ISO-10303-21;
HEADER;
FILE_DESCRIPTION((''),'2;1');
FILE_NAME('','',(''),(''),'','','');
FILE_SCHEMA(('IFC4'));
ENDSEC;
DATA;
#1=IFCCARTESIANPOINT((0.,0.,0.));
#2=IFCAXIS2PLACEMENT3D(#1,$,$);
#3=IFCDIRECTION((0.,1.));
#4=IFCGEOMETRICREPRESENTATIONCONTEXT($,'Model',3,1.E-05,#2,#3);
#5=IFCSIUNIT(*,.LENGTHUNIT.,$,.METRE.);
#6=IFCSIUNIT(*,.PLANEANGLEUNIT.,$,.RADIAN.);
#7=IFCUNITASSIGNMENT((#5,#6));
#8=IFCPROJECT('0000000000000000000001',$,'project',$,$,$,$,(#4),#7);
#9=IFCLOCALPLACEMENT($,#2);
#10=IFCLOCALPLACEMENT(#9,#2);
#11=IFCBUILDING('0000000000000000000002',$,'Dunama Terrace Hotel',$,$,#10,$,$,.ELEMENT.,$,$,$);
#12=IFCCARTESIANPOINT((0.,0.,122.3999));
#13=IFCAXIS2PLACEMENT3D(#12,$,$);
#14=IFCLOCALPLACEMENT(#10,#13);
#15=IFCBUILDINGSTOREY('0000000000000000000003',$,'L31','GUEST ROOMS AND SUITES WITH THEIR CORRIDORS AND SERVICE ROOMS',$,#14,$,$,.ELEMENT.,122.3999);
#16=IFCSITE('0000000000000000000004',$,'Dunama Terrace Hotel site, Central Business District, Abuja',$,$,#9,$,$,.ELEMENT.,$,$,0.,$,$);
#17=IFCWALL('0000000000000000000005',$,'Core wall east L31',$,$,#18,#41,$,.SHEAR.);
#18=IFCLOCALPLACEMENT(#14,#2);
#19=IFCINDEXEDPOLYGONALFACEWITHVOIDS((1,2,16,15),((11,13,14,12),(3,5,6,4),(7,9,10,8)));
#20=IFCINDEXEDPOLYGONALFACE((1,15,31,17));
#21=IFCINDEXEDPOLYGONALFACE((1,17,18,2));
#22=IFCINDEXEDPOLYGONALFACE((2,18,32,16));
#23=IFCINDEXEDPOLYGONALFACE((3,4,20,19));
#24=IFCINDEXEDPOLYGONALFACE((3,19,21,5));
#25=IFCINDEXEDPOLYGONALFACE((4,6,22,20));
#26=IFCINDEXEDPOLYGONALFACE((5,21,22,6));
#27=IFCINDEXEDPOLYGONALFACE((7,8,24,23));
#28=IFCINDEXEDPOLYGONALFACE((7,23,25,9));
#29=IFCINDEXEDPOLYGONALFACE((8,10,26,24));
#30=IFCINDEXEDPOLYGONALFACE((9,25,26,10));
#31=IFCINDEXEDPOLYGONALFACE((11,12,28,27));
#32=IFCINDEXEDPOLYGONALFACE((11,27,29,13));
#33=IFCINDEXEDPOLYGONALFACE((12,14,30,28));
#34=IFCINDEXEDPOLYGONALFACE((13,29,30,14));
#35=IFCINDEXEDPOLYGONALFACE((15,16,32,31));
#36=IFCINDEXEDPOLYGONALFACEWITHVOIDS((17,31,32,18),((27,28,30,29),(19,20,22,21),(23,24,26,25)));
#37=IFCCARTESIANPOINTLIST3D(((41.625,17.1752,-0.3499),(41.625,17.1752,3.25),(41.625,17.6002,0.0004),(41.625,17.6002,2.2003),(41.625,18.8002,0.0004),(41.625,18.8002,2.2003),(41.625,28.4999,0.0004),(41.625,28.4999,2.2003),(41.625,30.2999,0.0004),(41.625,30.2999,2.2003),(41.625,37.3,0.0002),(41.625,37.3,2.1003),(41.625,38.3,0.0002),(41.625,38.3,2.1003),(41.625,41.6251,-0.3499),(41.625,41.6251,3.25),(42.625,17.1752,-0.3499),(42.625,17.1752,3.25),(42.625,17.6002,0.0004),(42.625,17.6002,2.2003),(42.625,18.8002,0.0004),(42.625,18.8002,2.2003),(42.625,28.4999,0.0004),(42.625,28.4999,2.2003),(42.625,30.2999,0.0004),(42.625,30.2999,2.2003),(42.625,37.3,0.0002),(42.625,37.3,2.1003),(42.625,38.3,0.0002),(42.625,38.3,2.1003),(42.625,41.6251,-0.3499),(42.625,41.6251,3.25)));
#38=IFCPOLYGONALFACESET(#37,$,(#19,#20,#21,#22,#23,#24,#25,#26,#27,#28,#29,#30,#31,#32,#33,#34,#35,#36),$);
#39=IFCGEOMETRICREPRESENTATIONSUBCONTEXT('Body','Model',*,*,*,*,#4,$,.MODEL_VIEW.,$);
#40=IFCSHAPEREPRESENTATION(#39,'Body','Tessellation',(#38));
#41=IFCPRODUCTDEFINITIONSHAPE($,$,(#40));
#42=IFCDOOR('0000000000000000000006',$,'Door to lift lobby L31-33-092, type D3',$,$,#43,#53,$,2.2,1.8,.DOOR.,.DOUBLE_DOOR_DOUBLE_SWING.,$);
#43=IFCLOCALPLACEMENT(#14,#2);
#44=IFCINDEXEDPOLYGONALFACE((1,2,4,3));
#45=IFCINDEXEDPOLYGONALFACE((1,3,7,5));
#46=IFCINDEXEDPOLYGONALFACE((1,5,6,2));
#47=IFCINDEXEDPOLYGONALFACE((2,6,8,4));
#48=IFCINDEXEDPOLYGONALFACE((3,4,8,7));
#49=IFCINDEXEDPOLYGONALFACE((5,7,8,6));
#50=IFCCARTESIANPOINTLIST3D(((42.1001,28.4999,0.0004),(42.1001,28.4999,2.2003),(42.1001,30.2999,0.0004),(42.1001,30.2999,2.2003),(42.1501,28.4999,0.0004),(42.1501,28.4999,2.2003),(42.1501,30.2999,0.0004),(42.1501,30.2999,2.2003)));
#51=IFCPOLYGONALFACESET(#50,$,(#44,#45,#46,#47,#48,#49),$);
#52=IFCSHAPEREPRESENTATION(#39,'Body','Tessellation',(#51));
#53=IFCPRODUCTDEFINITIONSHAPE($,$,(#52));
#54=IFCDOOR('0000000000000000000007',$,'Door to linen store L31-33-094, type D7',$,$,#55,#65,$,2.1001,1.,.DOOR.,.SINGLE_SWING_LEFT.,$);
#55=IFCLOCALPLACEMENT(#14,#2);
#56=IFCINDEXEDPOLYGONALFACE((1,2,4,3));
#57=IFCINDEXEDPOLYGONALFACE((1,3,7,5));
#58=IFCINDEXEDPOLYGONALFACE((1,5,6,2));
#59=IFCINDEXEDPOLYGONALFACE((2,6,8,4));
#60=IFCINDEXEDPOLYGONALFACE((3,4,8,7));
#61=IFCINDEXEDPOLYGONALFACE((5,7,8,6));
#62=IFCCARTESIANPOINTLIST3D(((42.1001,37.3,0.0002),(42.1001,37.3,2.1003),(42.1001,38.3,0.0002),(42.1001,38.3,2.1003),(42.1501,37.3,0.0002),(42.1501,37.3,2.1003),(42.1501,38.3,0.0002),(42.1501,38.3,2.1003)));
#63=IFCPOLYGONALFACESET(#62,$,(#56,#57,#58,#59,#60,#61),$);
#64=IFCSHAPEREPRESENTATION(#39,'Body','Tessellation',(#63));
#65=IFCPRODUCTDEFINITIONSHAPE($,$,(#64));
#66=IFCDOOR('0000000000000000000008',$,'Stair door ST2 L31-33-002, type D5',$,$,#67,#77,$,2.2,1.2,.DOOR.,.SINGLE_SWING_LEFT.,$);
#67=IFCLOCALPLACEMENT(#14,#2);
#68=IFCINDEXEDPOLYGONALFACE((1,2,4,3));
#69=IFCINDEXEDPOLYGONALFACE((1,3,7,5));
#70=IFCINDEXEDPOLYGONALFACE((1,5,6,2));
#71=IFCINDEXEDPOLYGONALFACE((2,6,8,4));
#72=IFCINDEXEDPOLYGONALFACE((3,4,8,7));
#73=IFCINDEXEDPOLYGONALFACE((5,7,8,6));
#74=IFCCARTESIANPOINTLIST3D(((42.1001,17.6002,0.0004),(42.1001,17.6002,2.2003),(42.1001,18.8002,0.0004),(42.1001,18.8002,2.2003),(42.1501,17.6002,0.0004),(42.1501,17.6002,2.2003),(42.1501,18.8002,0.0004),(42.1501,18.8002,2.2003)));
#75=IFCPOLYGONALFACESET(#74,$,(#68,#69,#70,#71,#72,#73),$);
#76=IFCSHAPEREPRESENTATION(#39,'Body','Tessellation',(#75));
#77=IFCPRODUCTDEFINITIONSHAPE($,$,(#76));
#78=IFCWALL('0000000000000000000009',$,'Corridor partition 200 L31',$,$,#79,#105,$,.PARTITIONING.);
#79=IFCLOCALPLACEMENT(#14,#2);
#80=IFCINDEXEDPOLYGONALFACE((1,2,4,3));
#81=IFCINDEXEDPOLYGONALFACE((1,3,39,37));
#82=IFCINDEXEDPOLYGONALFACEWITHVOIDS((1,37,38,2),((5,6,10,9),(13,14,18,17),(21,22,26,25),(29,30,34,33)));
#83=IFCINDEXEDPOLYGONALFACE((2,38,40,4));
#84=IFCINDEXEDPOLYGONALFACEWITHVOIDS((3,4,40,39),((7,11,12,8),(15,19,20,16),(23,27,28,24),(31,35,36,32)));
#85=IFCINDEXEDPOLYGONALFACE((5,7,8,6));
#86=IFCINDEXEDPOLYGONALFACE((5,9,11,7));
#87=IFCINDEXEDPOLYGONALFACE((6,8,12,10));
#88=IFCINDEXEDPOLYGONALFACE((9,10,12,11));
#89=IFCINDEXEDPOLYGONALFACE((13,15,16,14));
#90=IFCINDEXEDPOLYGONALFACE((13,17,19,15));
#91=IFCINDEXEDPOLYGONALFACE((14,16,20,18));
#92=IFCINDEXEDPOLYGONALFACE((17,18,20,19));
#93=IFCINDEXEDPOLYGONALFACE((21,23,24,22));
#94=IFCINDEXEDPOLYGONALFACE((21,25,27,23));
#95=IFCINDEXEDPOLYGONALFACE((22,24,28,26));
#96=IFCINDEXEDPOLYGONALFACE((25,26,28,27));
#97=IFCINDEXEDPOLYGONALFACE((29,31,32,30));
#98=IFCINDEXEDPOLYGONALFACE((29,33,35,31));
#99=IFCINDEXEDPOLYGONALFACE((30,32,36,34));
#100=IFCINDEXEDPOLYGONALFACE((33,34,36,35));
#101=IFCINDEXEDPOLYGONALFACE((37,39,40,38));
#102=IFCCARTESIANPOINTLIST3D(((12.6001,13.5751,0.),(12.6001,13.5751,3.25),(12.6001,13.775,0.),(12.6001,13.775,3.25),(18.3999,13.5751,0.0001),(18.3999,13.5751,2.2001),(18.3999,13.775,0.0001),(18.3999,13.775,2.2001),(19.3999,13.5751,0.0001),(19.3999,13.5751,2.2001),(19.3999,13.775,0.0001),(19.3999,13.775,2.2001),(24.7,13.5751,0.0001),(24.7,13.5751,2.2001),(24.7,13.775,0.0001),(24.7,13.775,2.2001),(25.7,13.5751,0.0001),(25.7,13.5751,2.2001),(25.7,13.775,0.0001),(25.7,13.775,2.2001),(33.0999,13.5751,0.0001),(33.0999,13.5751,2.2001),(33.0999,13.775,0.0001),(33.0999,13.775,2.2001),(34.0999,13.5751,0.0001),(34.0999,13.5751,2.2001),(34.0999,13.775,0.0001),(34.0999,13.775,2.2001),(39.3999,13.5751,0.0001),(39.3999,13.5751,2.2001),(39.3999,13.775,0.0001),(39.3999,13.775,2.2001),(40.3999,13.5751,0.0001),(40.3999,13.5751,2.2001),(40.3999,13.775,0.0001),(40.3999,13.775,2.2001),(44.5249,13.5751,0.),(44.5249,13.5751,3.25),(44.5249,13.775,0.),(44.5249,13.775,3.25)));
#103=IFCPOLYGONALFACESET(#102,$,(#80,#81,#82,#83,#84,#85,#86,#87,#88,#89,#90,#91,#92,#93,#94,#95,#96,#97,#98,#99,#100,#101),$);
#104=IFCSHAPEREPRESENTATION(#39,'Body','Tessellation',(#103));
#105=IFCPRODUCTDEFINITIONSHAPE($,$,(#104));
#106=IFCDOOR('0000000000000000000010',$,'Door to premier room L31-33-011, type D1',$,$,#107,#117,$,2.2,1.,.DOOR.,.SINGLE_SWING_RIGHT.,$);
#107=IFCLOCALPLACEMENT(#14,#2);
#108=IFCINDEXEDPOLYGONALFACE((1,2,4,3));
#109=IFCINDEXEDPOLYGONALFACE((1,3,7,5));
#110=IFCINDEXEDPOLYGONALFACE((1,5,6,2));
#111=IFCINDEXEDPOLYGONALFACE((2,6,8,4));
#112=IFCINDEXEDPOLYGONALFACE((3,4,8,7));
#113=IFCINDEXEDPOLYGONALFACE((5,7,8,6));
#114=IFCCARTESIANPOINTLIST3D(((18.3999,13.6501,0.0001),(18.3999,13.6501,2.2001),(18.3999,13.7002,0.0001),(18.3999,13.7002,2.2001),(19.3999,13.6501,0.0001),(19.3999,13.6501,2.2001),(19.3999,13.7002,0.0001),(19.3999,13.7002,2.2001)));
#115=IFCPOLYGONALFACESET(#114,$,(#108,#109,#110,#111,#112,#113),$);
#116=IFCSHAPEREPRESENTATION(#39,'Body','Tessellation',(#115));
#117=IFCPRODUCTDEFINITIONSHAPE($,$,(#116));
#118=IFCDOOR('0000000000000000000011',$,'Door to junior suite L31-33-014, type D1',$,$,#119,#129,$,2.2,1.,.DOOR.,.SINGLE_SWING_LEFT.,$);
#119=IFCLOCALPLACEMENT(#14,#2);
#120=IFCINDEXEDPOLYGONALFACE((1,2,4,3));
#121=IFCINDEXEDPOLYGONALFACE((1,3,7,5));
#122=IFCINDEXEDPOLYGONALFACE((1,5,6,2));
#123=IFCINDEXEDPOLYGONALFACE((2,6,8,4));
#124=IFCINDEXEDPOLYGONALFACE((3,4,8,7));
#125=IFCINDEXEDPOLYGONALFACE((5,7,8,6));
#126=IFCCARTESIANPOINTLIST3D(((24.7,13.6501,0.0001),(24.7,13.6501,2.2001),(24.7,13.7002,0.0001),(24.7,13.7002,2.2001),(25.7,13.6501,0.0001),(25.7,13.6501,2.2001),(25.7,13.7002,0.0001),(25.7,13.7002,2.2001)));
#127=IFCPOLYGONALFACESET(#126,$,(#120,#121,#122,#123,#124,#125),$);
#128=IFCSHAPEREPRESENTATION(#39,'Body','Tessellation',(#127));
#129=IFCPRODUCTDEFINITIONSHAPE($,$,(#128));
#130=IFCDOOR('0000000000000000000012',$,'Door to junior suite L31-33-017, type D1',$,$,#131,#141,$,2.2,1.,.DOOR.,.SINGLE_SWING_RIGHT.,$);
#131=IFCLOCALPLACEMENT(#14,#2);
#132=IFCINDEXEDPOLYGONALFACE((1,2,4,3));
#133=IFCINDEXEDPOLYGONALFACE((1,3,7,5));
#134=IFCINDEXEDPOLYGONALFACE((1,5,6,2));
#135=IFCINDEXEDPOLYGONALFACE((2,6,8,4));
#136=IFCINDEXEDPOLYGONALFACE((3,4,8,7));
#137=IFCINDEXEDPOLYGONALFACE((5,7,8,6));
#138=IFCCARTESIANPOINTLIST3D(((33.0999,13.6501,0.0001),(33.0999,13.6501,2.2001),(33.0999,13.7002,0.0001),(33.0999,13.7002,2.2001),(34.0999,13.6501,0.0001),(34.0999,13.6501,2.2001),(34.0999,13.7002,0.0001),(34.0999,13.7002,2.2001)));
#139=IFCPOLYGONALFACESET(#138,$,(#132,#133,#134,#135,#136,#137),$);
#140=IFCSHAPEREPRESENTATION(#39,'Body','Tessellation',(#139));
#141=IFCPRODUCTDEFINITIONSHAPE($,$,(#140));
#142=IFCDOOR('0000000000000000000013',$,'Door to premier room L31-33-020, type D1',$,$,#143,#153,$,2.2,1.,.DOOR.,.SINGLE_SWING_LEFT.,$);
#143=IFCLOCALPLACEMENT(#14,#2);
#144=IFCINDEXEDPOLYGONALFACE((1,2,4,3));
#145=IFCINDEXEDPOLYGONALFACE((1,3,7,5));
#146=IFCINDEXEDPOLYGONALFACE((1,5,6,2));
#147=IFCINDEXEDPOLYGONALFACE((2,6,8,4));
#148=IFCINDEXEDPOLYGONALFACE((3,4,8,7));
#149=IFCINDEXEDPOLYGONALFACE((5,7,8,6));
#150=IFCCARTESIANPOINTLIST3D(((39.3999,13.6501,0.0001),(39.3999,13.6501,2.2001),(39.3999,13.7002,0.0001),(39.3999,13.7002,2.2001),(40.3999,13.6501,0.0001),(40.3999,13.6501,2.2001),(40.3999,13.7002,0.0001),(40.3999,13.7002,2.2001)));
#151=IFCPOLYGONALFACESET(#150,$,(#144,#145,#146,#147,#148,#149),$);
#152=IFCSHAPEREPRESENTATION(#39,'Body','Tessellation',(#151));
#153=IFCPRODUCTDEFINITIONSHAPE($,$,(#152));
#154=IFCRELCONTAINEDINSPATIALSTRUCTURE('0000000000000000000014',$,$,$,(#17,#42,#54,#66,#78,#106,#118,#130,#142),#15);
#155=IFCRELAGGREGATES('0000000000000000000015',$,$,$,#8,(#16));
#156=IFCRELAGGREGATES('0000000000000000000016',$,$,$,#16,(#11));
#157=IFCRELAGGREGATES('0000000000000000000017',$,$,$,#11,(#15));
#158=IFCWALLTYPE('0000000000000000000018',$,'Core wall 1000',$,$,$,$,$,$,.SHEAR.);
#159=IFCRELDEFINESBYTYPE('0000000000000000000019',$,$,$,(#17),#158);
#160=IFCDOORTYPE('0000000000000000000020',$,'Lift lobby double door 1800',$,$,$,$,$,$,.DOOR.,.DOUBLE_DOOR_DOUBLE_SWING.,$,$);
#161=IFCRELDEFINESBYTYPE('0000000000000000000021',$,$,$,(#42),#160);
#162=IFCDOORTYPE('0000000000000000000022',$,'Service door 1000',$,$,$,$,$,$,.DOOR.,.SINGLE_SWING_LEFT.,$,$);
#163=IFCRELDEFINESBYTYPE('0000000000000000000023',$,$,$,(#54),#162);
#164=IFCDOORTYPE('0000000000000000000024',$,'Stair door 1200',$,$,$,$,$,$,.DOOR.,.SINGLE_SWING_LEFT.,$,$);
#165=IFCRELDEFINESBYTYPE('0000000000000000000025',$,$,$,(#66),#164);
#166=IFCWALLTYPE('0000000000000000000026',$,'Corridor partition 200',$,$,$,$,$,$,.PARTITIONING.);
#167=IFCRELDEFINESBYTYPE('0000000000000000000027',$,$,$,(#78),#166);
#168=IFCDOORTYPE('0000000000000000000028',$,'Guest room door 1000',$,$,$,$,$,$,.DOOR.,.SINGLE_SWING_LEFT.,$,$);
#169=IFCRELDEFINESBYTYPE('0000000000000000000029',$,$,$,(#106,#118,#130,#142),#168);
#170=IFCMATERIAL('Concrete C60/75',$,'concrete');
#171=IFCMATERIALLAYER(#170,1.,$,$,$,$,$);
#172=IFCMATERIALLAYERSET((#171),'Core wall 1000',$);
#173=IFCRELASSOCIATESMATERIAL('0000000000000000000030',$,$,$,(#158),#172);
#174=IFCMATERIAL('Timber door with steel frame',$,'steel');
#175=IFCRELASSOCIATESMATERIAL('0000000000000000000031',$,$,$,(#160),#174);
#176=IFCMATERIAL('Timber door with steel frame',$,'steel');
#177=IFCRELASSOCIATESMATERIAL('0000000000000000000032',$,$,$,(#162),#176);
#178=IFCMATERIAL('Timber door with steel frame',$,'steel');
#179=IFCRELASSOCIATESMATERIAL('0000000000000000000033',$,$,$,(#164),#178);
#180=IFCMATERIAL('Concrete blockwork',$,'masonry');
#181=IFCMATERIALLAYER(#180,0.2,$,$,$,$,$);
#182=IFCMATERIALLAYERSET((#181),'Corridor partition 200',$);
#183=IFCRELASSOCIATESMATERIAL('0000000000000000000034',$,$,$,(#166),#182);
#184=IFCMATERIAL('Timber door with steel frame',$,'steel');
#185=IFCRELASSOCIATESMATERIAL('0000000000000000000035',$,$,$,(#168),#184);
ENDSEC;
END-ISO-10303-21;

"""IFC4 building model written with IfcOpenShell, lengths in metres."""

from ifc_helpers import new_model, si_unit, direction, frame, frame_2d, origin, place, context, subcontext, project, spatial, rectangle, extrude, material, layer, layer_set, type_object, element, fill, save


model = new_model("IFC4")

# Units and contexts
model_context = context("Model", 3, precision=1e-05, world=origin(), true_north=direction((0.0, 1.0)))
body_context = subcontext(model_context, "Body", "Model", "MODEL_VIEW")
ifc_project = project(units=[si_unit("LENGTHUNIT", "METRE"), si_unit("PLANEANGLEUNIT", "RADIAN")], contexts=[model_context])

# Site, building, storey
site_placement = place(None, origin())
site = spatial("IfcSite", under=ifc_project, at=site_placement, Name="Dunama Terrace Hotel site, Central Business District, Abuja", CompositionType="ELEMENT", RefElevation=0.0)
building_placement = place(site_placement, origin())
building = spatial("IfcBuilding", under=site, at=building_placement, Name="Dunama Terrace Hotel", CompositionType="ELEMENT")
storey_placement = place(building_placement, frame((0.0, 0.0, 122.3999)))
storey = spatial("IfcBuildingStorey", under=building, at=storey_placement, Name="L31", Description="GUEST ROOMS AND SUITES WITH THEIR CORRIDORS AND SERVICE ROOMS", CompositionType="ELEMENT", Elevation=122.3999)

# Walls, openings, doors
ifc_material_1 = material(Name="Concrete C60/75", Category="concrete")
ifc_layer_1 = layer(ifc_material_1, 1.0)
ifc_layer_set_1 = layer_set([ifc_layer_1], Name="Core wall 1000")
wall_type_1 = type_object("IfcWallType", Name="Core wall 1000", PredefinedType="SHEAR", material=ifc_layer_set_1)
wall_1_placement = place(storey_placement, frame((42.125, 17.175, -0.3499), z_axis=(0.0, 0.0, 1.0), x_axis=(0.0, 1.0, 0.0)))
wall_1 = element("IfcWall", 1, at=wall_1_placement, inside=storey, type_object=wall_type_1, Name="Core wall east L31", PredefinedType="SHEAR", context=body_context, shape_type="SweptSolid", body=[
    extrude(rectangle(XDim=24.45, YDim=1.0, at=frame_2d((12.2251, 0.0))), origin(), (0.0, 0.0, 1.0), 3.5999),
])
opening_1_placement = place(wall_1_placement, frame((0.425, 0.0, 0.3501)))
opening_1 = element("IfcOpeningElement", 2, at=opening_1_placement, cuts=wall_1, PredefinedType="OPENING", context=body_context, shape_type="SweptSolid", body=[
    extrude(rectangle(XDim=1.2, YDim=2.2, at=frame_2d((0.6001, 1.1001))), frame((0.0, 0.51, 0.0), z_axis=(0.0, -1.0, 0.0), x_axis=(1.0, 0.0, 0.0)), (0.0, 0.0, 1.0), 1.02),
])
opening_2_placement = place(wall_1_placement, frame((11.325, 0.0, 0.3501)))
opening_2 = element("IfcOpeningElement", 3, at=opening_2_placement, cuts=wall_1, PredefinedType="OPENING", context=body_context, shape_type="SweptSolid", body=[
    extrude(rectangle(XDim=1.8, YDim=2.2, at=frame_2d((0.8999, 1.1001))), frame((0.0, 0.51, 0.0), z_axis=(0.0, -1.0, 0.0), x_axis=(1.0, 0.0, 0.0)), (0.0, 0.0, 1.0), 1.02),
])
opening_3_placement = place(wall_1_placement, frame((20.125, 0.0, 0.3501)))
opening_3 = element("IfcOpeningElement", 4, at=opening_3_placement, cuts=wall_1, PredefinedType="OPENING", context=body_context, shape_type="SweptSolid", body=[
    extrude(rectangle(XDim=1.0, YDim=2.1001, at=frame_2d((0.5, 1.05))), frame((0.0, 0.51, 0.0), z_axis=(0.0, -1.0, 0.0), x_axis=(1.0, 0.0, 0.0)), (0.0, 0.0, 1.0), 1.02),
])
ifc_material_2 = material(Name="Timber door with steel frame", Category="steel")
door_type_1 = type_object("IfcDoorType", Name="Lift lobby double door 1800", OperationType="DOUBLE_DOOR_DOUBLE_SWING", PredefinedType="DOOR", material=ifc_material_2)
door_1_placement = place(opening_2_placement, origin())
door_1 = element("IfcDoor", 5, at=door_1_placement, inside=storey, type_object=door_type_1, Name="Door to lift lobby L31-33-092, type D3", OperationType="DOUBLE_DOOR_DOUBLE_SWING", OverallHeight=2.2, OverallWidth=1.8, PredefinedType="DOOR", context=body_context, shape_type="SweptSolid", body=[
    extrude(rectangle(XDim=1.8, YDim=2.2, at=frame_2d((0.8999, 1.1001))), frame((0.0, 0.0249, 0.0), z_axis=(0.0, -1.0, 0.0), x_axis=(1.0, 0.0, 0.0)), (0.0, 0.0, 1.0), 0.05),
])
fill(opening_2, door_1)
ifc_material_3 = material(Name="Timber door with steel frame", Category="steel")
door_type_2 = type_object("IfcDoorType", Name="Service door 1000", OperationType="SINGLE_SWING_LEFT", PredefinedType="DOOR", material=ifc_material_3)
door_2_placement = place(opening_3_placement, origin())
door_2 = element("IfcDoor", 6, at=door_2_placement, inside=storey, type_object=door_type_2, Name="Door to linen store L31-33-094, type D7", OperationType="SINGLE_SWING_LEFT", OverallHeight=2.1001, OverallWidth=1.0, PredefinedType="DOOR", context=body_context, shape_type="SweptSolid", body=[
    extrude(rectangle(XDim=1.0, YDim=2.1001, at=frame_2d((0.5, 1.05))), frame((0.0, 0.0249, 0.0), z_axis=(0.0, -1.0, 0.0), x_axis=(1.0, 0.0, 0.0)), (0.0, 0.0, 1.0), 0.05),
])
fill(opening_3, door_2)
ifc_material_4 = material(Name="Timber door with steel frame", Category="steel")
door_type_3 = type_object("IfcDoorType", Name="Stair door 1200", OperationType="SINGLE_SWING_LEFT", PredefinedType="DOOR", material=ifc_material_4)
door_3_placement = place(opening_1_placement, origin())
door_3 = element("IfcDoor", 7, at=door_3_placement, inside=storey, type_object=door_type_3, Name="Stair door ST2 L31-33-002, type D5", OperationType="SINGLE_SWING_LEFT", OverallHeight=2.2, OverallWidth=1.2, PredefinedType="DOOR", context=body_context, shape_type="SweptSolid", body=[
    extrude(rectangle(XDim=1.2, YDim=2.2, at=frame_2d((0.6001, 1.1001))), frame((0.0, 0.0249, 0.0), z_axis=(0.0, -1.0, 0.0), x_axis=(1.0, 0.0, 0.0)), (0.0, 0.0, 1.0), 0.05),
])
fill(opening_1, door_3)
ifc_material_5 = material(Name="Concrete blockwork", Category="masonry")
ifc_layer_2 = layer(ifc_material_5, 0.2)
ifc_layer_set_2 = layer_set([ifc_layer_2], Name="Corridor partition 200")
wall_type_2 = type_object("IfcWallType", Name="Corridor partition 200", PredefinedType="PARTITIONING", material=ifc_layer_set_2)
wall_2_placement = place(storey_placement, frame((44.5249, 13.675, 0.0), z_axis=(0.0, 0.0, 1.0), x_axis=(-1.0, 0.0, 0.0)))
wall_2 = element("IfcWall", 8, at=wall_2_placement, inside=storey, type_object=wall_type_2, Name="Corridor partition 200 L31", PredefinedType="PARTITIONING", context=body_context, shape_type="SweptSolid", body=[
    extrude(rectangle(XDim=31.9248, YDim=0.2, at=frame_2d((15.9624, 0.0))), origin(), (0.0, 0.0, 1.0), 3.25),
])
opening_4_placement = place(wall_2_placement, frame((25.125, 0.0, 0.0)))
opening_4 = element("IfcOpeningElement", 9, at=opening_4_placement, cuts=wall_2, PredefinedType="OPENING", context=body_context, shape_type="SweptSolid", body=[
    extrude(rectangle(XDim=1.0, YDim=2.2, at=frame_2d((0.5, 1.1001))), frame((0.0, 0.1099, 0.0), z_axis=(0.0, -1.0, 0.0), x_axis=(1.0, 0.0, 0.0)), (0.0, 0.0, 1.0), 0.22),
])
opening_5_placement = place(wall_2_placement, frame((18.825, 0.0, 0.0)))
opening_5 = element("IfcOpeningElement", 10, at=opening_5_placement, cuts=wall_2, PredefinedType="OPENING", context=body_context, shape_type="SweptSolid", body=[
    extrude(rectangle(XDim=1.0, YDim=2.2, at=frame_2d((0.5, 1.1001))), frame((0.0, 0.1099, 0.0), z_axis=(0.0, -1.0, 0.0), x_axis=(1.0, 0.0, 0.0)), (0.0, 0.0, 1.0), 0.22),
])
opening_6_placement = place(wall_2_placement, frame((10.425, 0.0, 0.0)))
opening_6 = element("IfcOpeningElement", 11, at=opening_6_placement, cuts=wall_2, PredefinedType="OPENING", context=body_context, shape_type="SweptSolid", body=[
    extrude(rectangle(XDim=1.0, YDim=2.2, at=frame_2d((0.5, 1.1001))), frame((0.0, 0.1099, 0.0), z_axis=(0.0, -1.0, 0.0), x_axis=(1.0, 0.0, 0.0)), (0.0, 0.0, 1.0), 0.22),
])
opening_7_placement = place(wall_2_placement, frame((4.125, 0.0, 0.0)))
opening_7 = element("IfcOpeningElement", 12, at=opening_7_placement, cuts=wall_2, PredefinedType="OPENING", context=body_context, shape_type="SweptSolid", body=[
    extrude(rectangle(XDim=1.0, YDim=2.2, at=frame_2d((0.5, 1.1001))), frame((0.0, 0.1099, 0.0), z_axis=(0.0, -1.0, 0.0), x_axis=(1.0, 0.0, 0.0)), (0.0, 0.0, 1.0), 0.22),
])
ifc_material_6 = material(Name="Timber door with steel frame", Category="steel")
door_type_4 = type_object("IfcDoorType", Name="Guest room door 1000", OperationType="SINGLE_SWING_LEFT", PredefinedType="DOOR", material=ifc_material_6)
door_4_placement = place(opening_4_placement, origin())
door_4 = element("IfcDoor", 13, at=door_4_placement, inside=storey, type_object=door_type_4, Name="Door to premier room L31-33-011, type D1", OperationType="SINGLE_SWING_RIGHT", OverallHeight=2.2, OverallWidth=1.0, PredefinedType="DOOR", context=body_context, shape_type="SweptSolid", body=[
    extrude(rectangle(XDim=1.0, YDim=2.2, at=frame_2d((0.5, 1.1001))), frame((0.0, 0.0249, 0.0), z_axis=(0.0, -1.0, 0.0), x_axis=(1.0, 0.0, 0.0)), (0.0, 0.0, 1.0), 0.05),
])
fill(opening_4, door_4)
door_5_placement = place(opening_5_placement, origin())
door_5 = element("IfcDoor", 14, at=door_5_placement, inside=storey, type_object=door_type_4, Name="Door to junior suite L31-33-014, type D1", OperationType="SINGLE_SWING_LEFT", OverallHeight=2.2, OverallWidth=1.0, PredefinedType="DOOR", context=body_context, shape_type="SweptSolid", body=[
    extrude(rectangle(XDim=1.0, YDim=2.2, at=frame_2d((0.5, 1.1001))), frame((0.0, 0.0249, 0.0), z_axis=(0.0, -1.0, 0.0), x_axis=(1.0, 0.0, 0.0)), (0.0, 0.0, 1.0), 0.05),
])
fill(opening_5, door_5)
door_6_placement = place(opening_6_placement, origin())
door_6 = element("IfcDoor", 15, at=door_6_placement, inside=storey, type_object=door_type_4, Name="Door to junior suite L31-33-017, type D1", OperationType="SINGLE_SWING_RIGHT", OverallHeight=2.2, OverallWidth=1.0, PredefinedType="DOOR", context=body_context, shape_type="SweptSolid", body=[
    extrude(rectangle(XDim=1.0, YDim=2.2, at=frame_2d((0.5, 1.1001))), frame((0.0, 0.0249, 0.0), z_axis=(0.0, -1.0, 0.0), x_axis=(1.0, 0.0, 0.0)), (0.0, 0.0, 1.0), 0.05),
])
fill(opening_6, door_6)
door_7_placement = place(opening_7_placement, origin())
door_7 = element("IfcDoor", 16, at=door_7_placement, inside=storey, type_object=door_type_4, Name="Door to premier room L31-33-020, type D1", OperationType="SINGLE_SWING_LEFT", OverallHeight=2.2, OverallWidth=1.0, PredefinedType="DOOR", context=body_context, shape_type="SweptSolid", body=[
    extrude(rectangle(XDim=1.0, YDim=2.2, at=frame_2d((0.5, 1.1001))), frame((0.0, 0.0249, 0.0), z_axis=(0.0, -1.0, 0.0), x_axis=(1.0, 0.0, 0.0)), (0.0, 0.0, 1.0), 0.05),
])
fill(opening_7, door_7)

save(model, "model.ifc")
